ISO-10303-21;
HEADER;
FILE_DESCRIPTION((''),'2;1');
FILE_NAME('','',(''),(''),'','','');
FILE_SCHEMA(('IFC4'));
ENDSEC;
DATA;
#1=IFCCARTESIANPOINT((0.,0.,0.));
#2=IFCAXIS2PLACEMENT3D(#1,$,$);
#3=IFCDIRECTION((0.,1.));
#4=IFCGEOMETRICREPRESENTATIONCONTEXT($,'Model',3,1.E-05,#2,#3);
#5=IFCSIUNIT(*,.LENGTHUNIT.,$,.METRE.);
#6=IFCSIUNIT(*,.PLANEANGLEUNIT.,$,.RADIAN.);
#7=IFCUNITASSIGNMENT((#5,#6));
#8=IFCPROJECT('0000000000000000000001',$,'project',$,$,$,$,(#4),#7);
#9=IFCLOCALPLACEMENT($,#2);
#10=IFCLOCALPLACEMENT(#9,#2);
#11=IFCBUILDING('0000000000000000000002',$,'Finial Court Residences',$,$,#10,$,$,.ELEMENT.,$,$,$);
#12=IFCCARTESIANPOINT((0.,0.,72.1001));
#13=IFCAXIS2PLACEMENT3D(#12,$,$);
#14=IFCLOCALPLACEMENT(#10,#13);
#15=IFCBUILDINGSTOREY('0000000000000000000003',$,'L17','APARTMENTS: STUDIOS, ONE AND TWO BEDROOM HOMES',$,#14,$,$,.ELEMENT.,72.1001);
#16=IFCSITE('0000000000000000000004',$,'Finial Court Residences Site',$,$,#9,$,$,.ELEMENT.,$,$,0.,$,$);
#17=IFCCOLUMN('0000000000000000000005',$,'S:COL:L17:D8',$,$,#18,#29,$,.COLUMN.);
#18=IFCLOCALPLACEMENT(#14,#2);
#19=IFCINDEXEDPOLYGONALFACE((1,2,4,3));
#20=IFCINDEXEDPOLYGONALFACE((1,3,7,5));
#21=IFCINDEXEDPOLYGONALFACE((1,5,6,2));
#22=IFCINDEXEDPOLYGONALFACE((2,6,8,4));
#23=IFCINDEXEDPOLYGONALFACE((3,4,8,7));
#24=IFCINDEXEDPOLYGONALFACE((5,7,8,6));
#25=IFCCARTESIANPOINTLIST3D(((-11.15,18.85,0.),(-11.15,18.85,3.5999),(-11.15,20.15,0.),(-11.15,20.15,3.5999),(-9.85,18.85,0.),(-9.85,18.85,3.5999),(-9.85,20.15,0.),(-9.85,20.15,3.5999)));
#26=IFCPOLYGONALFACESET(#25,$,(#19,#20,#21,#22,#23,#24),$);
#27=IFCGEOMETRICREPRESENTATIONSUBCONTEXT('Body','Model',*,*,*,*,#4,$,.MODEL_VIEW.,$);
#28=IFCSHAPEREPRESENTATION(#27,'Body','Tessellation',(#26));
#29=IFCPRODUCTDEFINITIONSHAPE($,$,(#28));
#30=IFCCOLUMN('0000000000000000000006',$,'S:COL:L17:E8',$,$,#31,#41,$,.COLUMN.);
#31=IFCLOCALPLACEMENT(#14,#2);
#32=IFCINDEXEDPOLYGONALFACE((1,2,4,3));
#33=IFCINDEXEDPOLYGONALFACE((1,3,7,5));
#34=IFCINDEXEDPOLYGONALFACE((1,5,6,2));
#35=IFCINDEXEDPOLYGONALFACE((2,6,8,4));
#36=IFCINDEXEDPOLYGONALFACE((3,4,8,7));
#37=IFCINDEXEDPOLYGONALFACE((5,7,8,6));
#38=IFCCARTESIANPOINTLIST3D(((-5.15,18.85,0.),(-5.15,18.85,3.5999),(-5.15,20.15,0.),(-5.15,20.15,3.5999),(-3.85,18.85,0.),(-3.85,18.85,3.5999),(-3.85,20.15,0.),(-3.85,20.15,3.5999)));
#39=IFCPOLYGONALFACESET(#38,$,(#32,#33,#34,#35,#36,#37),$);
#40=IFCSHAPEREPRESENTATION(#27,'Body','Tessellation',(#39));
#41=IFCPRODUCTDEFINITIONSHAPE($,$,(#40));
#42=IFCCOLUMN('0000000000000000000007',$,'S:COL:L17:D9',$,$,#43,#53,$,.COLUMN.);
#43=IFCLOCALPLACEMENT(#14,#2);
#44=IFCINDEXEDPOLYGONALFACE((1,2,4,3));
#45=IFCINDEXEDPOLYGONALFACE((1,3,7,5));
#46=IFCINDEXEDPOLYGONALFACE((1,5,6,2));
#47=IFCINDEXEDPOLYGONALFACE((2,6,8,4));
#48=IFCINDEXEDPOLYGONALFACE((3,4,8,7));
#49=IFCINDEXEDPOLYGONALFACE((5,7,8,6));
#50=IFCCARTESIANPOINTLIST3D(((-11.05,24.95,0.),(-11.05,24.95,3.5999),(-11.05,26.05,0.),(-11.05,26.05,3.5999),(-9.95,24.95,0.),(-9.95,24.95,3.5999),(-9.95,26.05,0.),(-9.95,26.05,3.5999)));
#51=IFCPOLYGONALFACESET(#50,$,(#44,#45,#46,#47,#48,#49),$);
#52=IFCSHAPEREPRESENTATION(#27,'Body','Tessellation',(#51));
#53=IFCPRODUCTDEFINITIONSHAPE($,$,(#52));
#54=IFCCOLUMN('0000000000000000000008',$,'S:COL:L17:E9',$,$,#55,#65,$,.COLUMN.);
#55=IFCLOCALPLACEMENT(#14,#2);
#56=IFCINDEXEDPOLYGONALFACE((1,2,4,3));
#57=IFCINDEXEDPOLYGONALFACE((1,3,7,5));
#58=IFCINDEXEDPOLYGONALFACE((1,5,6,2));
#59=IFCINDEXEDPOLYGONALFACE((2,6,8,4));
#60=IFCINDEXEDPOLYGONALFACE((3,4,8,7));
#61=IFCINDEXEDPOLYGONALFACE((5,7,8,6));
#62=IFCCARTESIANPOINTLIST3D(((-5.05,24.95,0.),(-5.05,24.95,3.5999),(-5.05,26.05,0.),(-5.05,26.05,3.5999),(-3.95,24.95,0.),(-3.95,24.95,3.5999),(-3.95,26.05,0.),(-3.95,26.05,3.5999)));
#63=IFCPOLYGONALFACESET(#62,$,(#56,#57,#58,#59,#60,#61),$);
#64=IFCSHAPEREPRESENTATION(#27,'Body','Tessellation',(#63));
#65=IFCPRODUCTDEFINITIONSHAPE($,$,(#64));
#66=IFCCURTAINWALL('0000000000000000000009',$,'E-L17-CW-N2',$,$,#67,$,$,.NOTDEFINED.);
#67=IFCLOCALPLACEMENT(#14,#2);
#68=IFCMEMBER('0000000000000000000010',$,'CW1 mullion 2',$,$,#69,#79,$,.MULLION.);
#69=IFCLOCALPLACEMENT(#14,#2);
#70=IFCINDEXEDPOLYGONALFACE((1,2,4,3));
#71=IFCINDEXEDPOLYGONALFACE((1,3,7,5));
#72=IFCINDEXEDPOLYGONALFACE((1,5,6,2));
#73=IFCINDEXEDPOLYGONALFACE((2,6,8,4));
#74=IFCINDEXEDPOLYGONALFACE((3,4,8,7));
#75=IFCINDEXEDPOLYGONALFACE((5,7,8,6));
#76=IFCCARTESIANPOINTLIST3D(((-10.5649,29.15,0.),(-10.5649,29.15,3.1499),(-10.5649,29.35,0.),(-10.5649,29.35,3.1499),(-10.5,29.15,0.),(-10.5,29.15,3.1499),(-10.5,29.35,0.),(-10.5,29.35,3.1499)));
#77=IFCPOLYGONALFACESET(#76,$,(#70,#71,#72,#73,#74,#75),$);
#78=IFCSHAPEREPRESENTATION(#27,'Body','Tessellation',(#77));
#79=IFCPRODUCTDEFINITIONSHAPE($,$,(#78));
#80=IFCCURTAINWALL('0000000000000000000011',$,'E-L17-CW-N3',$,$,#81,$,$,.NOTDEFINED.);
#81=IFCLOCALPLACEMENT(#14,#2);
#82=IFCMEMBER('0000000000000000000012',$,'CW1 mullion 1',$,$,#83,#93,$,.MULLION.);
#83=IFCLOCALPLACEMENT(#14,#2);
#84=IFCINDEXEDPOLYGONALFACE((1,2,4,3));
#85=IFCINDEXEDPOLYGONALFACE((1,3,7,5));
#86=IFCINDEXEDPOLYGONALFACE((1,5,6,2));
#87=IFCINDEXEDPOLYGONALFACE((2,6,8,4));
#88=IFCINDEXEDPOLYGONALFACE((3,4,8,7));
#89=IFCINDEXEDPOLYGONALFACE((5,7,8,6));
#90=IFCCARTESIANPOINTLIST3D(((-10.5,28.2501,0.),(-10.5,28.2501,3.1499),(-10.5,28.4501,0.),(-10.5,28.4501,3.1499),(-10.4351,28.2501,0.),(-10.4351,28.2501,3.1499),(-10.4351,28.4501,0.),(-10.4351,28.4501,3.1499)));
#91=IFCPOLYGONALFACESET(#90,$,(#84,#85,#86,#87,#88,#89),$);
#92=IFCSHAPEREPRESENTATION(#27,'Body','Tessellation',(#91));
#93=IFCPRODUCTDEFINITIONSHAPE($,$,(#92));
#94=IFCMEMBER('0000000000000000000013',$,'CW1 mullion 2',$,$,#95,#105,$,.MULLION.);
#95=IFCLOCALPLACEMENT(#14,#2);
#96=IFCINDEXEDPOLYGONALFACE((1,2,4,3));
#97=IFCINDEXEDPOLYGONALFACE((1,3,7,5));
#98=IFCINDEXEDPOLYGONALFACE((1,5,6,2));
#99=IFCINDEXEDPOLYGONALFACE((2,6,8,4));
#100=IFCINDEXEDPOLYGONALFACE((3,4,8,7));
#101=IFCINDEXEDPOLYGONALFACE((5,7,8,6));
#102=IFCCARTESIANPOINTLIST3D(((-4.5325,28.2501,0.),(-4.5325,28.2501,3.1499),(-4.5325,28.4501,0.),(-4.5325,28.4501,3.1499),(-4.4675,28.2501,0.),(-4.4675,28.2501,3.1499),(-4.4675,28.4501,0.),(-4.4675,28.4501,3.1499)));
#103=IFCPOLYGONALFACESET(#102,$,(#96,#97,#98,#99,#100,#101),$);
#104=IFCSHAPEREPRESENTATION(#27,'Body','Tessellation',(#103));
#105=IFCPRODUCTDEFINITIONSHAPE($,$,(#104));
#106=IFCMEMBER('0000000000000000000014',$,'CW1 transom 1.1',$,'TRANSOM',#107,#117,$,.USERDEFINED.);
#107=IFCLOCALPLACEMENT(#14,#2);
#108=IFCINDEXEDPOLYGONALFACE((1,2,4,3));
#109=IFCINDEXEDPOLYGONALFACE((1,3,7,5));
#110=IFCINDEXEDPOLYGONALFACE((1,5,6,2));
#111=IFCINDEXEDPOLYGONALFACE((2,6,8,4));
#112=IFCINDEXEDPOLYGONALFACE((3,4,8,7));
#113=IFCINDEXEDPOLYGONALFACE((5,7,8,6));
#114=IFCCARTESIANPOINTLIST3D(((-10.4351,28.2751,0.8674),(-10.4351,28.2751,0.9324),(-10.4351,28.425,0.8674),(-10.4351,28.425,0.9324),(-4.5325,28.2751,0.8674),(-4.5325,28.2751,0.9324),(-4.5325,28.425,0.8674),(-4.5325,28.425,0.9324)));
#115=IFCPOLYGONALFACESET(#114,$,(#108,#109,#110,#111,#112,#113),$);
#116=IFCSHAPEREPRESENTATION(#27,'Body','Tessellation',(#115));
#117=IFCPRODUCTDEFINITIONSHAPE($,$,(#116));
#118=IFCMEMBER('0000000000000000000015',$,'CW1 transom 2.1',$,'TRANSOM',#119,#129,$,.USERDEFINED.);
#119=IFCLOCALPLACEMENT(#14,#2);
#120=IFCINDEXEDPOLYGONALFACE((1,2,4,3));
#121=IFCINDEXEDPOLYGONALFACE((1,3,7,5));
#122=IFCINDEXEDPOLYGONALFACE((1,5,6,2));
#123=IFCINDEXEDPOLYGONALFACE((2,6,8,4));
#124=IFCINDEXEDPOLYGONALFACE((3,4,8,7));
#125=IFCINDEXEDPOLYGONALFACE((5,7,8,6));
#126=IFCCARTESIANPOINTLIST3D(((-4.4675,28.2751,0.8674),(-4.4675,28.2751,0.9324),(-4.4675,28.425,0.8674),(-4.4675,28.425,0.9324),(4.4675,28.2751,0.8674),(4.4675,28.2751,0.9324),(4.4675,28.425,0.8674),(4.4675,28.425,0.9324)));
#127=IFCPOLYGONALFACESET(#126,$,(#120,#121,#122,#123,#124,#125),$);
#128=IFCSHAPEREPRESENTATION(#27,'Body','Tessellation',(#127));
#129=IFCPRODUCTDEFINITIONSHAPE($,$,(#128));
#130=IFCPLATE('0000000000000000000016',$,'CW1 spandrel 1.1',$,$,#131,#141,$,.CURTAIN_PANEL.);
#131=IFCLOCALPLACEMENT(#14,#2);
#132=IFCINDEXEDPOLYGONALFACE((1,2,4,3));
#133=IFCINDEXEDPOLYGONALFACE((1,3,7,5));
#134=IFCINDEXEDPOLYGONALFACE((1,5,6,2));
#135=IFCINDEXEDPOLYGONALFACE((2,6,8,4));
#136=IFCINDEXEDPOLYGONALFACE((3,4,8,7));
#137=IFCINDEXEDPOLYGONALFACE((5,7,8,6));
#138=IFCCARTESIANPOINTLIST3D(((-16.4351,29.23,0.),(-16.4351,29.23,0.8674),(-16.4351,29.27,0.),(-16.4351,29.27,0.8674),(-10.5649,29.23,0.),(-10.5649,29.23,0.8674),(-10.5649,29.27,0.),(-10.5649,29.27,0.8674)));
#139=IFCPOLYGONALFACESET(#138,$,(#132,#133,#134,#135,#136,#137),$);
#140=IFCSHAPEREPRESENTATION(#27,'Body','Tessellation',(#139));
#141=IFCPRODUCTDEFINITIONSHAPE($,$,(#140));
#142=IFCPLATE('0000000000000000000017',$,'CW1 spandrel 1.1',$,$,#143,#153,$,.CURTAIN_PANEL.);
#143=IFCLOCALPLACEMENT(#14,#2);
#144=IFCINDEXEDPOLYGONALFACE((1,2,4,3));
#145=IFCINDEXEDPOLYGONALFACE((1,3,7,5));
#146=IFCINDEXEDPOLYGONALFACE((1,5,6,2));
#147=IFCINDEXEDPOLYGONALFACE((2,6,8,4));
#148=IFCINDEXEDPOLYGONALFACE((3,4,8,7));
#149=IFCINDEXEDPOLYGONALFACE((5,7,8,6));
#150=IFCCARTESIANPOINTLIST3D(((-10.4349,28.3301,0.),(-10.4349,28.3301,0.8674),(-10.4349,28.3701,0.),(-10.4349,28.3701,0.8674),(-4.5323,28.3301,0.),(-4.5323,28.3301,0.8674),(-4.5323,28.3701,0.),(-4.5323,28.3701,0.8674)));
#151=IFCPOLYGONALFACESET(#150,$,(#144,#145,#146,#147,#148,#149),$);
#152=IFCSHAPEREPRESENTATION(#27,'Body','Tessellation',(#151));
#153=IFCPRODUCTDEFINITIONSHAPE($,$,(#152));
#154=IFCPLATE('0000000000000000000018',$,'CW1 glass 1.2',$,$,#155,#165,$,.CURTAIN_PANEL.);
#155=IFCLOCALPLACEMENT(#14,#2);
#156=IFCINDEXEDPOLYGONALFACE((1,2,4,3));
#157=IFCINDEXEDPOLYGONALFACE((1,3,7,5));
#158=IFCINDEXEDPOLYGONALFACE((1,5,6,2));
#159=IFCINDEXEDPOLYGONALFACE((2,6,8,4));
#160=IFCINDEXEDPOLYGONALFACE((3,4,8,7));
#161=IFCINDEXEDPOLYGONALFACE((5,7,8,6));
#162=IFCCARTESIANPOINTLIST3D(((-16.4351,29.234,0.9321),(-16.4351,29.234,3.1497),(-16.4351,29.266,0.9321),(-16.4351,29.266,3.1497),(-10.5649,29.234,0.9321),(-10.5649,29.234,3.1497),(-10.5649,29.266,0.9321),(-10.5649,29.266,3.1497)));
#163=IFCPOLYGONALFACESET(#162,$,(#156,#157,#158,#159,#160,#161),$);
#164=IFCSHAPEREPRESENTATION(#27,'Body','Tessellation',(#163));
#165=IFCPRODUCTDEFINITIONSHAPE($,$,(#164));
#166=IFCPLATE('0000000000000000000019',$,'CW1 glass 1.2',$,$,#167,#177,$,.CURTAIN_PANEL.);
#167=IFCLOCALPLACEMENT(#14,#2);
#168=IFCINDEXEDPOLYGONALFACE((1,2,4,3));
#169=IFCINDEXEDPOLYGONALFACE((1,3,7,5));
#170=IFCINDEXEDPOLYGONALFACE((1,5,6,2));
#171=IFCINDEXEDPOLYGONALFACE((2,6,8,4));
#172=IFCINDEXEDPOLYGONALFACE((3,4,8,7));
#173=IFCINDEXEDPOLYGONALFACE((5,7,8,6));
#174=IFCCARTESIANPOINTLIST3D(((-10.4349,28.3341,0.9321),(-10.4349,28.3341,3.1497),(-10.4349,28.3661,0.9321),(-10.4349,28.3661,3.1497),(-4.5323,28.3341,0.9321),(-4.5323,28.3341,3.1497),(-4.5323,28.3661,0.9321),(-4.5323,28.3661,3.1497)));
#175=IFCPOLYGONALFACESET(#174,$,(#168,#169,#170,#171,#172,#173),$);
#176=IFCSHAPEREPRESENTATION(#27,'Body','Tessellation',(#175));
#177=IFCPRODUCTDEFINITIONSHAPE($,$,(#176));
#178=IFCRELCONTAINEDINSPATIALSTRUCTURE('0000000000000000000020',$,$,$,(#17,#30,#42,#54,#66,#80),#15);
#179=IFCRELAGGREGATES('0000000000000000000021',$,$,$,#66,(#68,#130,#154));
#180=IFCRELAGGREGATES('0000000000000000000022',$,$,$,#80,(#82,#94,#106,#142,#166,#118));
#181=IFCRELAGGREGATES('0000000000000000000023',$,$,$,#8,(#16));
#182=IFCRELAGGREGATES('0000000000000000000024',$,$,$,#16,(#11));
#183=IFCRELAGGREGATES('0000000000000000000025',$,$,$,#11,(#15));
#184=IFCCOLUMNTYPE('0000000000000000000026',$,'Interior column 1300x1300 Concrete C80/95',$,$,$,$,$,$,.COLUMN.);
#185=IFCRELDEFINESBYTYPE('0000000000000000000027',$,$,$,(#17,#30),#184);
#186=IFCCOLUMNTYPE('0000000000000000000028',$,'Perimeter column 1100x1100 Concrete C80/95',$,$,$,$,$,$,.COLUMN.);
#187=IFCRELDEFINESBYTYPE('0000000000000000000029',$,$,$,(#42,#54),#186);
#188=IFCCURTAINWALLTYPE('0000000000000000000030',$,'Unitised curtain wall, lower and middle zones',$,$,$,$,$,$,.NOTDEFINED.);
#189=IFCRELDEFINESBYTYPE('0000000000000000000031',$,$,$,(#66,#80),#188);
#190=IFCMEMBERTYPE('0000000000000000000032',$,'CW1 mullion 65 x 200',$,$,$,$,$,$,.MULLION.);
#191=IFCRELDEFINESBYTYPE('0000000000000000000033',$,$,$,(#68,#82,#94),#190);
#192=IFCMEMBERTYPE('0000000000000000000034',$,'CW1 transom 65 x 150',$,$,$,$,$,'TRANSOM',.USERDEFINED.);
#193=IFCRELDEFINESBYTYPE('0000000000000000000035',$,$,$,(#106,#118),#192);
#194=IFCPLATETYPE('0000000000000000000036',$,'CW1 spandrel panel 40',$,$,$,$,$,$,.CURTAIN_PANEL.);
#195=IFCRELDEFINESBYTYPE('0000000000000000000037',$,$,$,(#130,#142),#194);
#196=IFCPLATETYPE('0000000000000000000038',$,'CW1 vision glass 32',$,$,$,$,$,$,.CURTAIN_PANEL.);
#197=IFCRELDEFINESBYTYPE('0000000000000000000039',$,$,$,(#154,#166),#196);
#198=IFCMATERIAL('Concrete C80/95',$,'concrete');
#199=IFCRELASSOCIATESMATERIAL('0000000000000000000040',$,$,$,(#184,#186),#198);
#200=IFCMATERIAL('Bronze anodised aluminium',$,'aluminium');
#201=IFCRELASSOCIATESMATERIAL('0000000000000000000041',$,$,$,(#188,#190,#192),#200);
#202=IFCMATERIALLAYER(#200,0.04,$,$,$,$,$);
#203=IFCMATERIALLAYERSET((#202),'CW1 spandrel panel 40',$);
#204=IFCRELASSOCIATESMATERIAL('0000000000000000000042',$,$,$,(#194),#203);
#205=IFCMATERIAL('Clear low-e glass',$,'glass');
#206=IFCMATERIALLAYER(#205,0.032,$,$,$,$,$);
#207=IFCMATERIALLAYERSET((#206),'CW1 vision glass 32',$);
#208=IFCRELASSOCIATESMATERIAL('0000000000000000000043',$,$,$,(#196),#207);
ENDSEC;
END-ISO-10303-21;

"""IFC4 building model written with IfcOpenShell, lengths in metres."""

from ifc_helpers import new_model, si_unit, direction, frame, origin, origin_2d, place, context, subcontext, project, spatial, rectangle, extrude, material, layer, layer_set, material_profile, profile_set, type_object, element, aggregate, save


model = new_model("IFC4")

# Units and contexts
model_context = context("Model", 3, precision=1e-05, world=origin(), true_north=direction((0.0, 1.0)))
body_context = subcontext(model_context, "Body", "Model", "MODEL_VIEW")
ifc_project = project(units=[si_unit("LENGTHUNIT", "METRE"), si_unit("PLANEANGLEUNIT", "RADIAN")], contexts=[model_context])

# Site, building, storey
site_placement = place(None, origin())
site = spatial("IfcSite", under=ifc_project, at=site_placement, Name="Finial Court Residences Site", CompositionType="ELEMENT", RefElevation=0.0)
building_placement = place(site_placement, origin())
building = spatial("IfcBuilding", under=site, at=building_placement, Name="Finial Court Residences", CompositionType="ELEMENT")
storey_placement = place(building_placement, frame((0.0, 0.0, 72.1001)))
storey = spatial("IfcBuildingStorey", under=building, at=storey_placement, Name="L17", Description="APARTMENTS: STUDIOS, ONE AND TWO BEDROOM HOMES", CompositionType="ELEMENT", Elevation=72.1001)

# Columns
ifc_material_1 = material(Name="Concrete C80/95", Category="concrete")
ifc_material_profile_1 = material_profile(ifc_material_1, rectangle(XDim=1.3, YDim=1.3, at=origin_2d()), Name="1300x1300")
ifc_profile_set_1 = profile_set([ifc_material_profile_1], Name="Concrete C80/95")
column_type_1 = type_object("IfcColumnType", Name="Interior column 1300x1300 Concrete C80/95", PredefinedType="COLUMN", material=ifc_profile_set_1)
for number, where, z_axis, x_axis, name in (
    (1, (-10.5, 19.5, 0.0), (0.0, 0.0, 1.0), (1.0, 0.0, 0.0), "S:COL:L17:D8"),
    (2, (-4.5, 19.5, 0.0), (0.0, 0.0, 1.0), (1.0, 0.0, 0.0), "S:COL:L17:E8"),
):
    element("IfcColumn", number, at=place(storey_placement, frame(where, z_axis=z_axis, x_axis=x_axis)), inside=storey, type_object=column_type_1, Name=name, PredefinedType="COLUMN", context=body_context, shape_type="SweptSolid", body=[
        extrude(rectangle(XDim=1.3, YDim=1.3, at=origin_2d()), origin(), (0.0, 0.0, 1.0), 3.5999),
    ])
ifc_material_profile_2 = material_profile(ifc_material_1, rectangle(XDim=1.1001, YDim=1.1001, at=origin_2d()), Name="1100x1100")
ifc_profile_set_2 = profile_set([ifc_material_profile_2], Name="Concrete C80/95")
column_type_2 = type_object("IfcColumnType", Name="Perimeter column 1100x1100 Concrete C80/95", PredefinedType="COLUMN", material=ifc_profile_set_2)
for number, where, z_axis, x_axis, name in (
    (3, (-10.5, 25.5, 0.0), (0.0, 0.0, 1.0), (1.0, 0.0, 0.0), "S:COL:L17:D9"),
    (4, (-4.5, 25.5, 0.0), (0.0, 0.0, 1.0), (1.0, 0.0, 0.0), "S:COL:L17:E9"),
):
    element("IfcColumn", number, at=place(storey_placement, frame(where, z_axis=z_axis, x_axis=x_axis)), inside=storey, type_object=column_type_2, Name=name, PredefinedType="COLUMN", context=body_context, shape_type="SweptSolid", body=[
        extrude(rectangle(XDim=1.1001, YDim=1.1001, at=origin_2d()), origin(), (0.0, 0.0, 1.0), 3.5999),
    ])

# Curtain wall, member
ifc_material_2 = material(Name="Bronze anodised aluminium", Category="aluminium")
curtain_wall_type = type_object("IfcCurtainWallType", Name="Unitised curtain wall, lower and middle zones", PredefinedType="NOTDEFINED", material=ifc_material_2)
curtain_wall_1_placement = place(storey_placement, origin())
curtain_wall_1 = element("IfcCurtainWall", 5, at=curtain_wall_1_placement, inside=storey, type_object=curtain_wall_type, Name="E-L17-CW-N2", PredefinedType="NOTDEFINED")
ifc_material_profile_3 = material_profile(ifc_material_2, rectangle(XDim=0.2, YDim=0.0649, at=origin_2d()), Name="CW1 mullion 65 x 200")
ifc_profile_set_3 = profile_set([ifc_material_profile_3], Name="Bronze anodised aluminium")
member_type_1 = type_object("IfcMemberType", Name="CW1 mullion 65 x 200", PredefinedType="MULLION", material=ifc_profile_set_3)
member_1_placement = place(storey_placement, frame((-10.5325, 29.25, 0.0), z_axis=(0.0, 0.0, 1.0), x_axis=(0.0, 1.0, 0.0)))
member_1 = element("IfcMember", 6, at=member_1_placement, type_object=member_type_1, Name="CW1 mullion 2", PredefinedType="MULLION", context=body_context, shape_type="SweptSolid", body=[
    extrude(rectangle(XDim=0.2, YDim=0.0649, at=origin_2d()), origin(), (0.0, 0.0, 1.0), 3.1499),
])

# Curtain wall, members
curtain_wall_2_placement = place(storey_placement, origin())
curtain_wall_2 = element("IfcCurtainWall", 7, at=curtain_wall_2_placement, inside=storey, type_object=curtain_wall_type, Name="E-L17-CW-N3", PredefinedType="NOTDEFINED")
member_2_placement = place(storey_placement, frame((-10.4675, 28.3501, 0.0), z_axis=(0.0, 0.0, 1.0), x_axis=(0.0, 1.0, 0.0)))
member_2 = element("IfcMember", 8, at=member_2_placement, type_object=member_type_1, Name="CW1 mullion 1", PredefinedType="MULLION", context=body_context, shape_type="SweptSolid", body=[
    extrude(rectangle(XDim=0.2, YDim=0.0649, at=origin_2d()), origin(), (0.0, 0.0, 1.0), 3.1499),
])
member_3_placement = place(storey_placement, frame((-4.5, 28.3501, 0.0), z_axis=(0.0, 0.0, 1.0), x_axis=(0.0, 1.0, 0.0)))
member_3 = element("IfcMember", 9, at=member_3_placement, type_object=member_type_1, Name="CW1 mullion 2", PredefinedType="MULLION", context=body_context, shape_type="SweptSolid", body=[
    extrude(rectangle(XDim=0.2, YDim=0.0649, at=origin_2d()), origin(), (0.0, 0.0, 1.0), 3.1499),
])
ifc_material_profile_4 = material_profile(ifc_material_2, rectangle(XDim=0.1499, YDim=0.0649, at=origin_2d()), Name="CW1 transom 65 x 150")
ifc_profile_set_4 = profile_set([ifc_material_profile_4], Name="Bronze anodised aluminium")
member_type_2 = type_object("IfcMemberType", Name="CW1 transom 65 x 150", ElementType="TRANSOM", PredefinedType="USERDEFINED", material=ifc_profile_set_4)
member_4_placement = place(storey_placement, frame((-10.4351, 28.3501, 0.8999), z_axis=(1.0, 0.0, 0.0), x_axis=(0.0, 1.0, 0.0)))
member_4 = element("IfcMember", 10, at=member_4_placement, type_object=member_type_2, Name="CW1 transom 1.1", ObjectType="TRANSOM", PredefinedType="USERDEFINED", context=body_context, shape_type="SweptSolid", body=[
    extrude(rectangle(XDim=0.1499, YDim=0.0649, at=origin_2d()), origin(), (0.0, 0.0, 1.0), 5.9026),
])
member_5_placement = place(storey_placement, frame((-4.4675, 28.3501, 0.8999), z_axis=(1.0, 0.0, 0.0), x_axis=(0.0, 1.0, 0.0)))
member_5 = element("IfcMember", 11, at=member_5_placement, type_object=member_type_2, Name="CW1 transom 2.1", ObjectType="TRANSOM", PredefinedType="USERDEFINED", context=body_context, shape_type="SweptSolid", body=[
    extrude(rectangle(XDim=0.1499, YDim=0.0649, at=origin_2d()), origin(), (0.0, 0.0, 1.0), 8.9351),
])

# Plates
ifc_layer_1 = layer(ifc_material_2, 0.04)
ifc_layer_set_1 = layer_set([ifc_layer_1], Name="CW1 spandrel panel 40")
plate_type_1 = type_object("IfcPlateType", Name="CW1 spandrel panel 40", PredefinedType="CURTAIN_PANEL", material=ifc_layer_set_1)
plate_1_placement = place(storey_placement, frame((-13.5, 29.25, 0.0), z_axis=(0.0, 0.0, 1.0), x_axis=(1.0, 0.0, 0.0)))
plate_1 = element("IfcPlate", 12, at=plate_1_placement, type_object=plate_type_1, Name="CW1 spandrel 1.1", PredefinedType="CURTAIN_PANEL", context=body_context, shape_type="SweptSolid", body=[
    extrude(rectangle(XDim=5.8701, YDim=0.04, at=origin_2d()), origin(), (0.0, 0.0, 1.0), 0.8674),
])
plate_2_placement = place(storey_placement, frame((-7.4836, 28.3501, 0.0), z_axis=(0.0, 0.0, 1.0), x_axis=(1.0, 0.0, 0.0)))
plate_2 = element("IfcPlate", 13, at=plate_2_placement, type_object=plate_type_1, Name="CW1 spandrel 1.1", PredefinedType="CURTAIN_PANEL", context=body_context, shape_type="SweptSolid", body=[
    extrude(rectangle(XDim=5.9026, YDim=0.04, at=origin_2d()), origin(), (0.0, 0.0, 1.0), 0.8674),
])
ifc_material_3 = material(Name="Clear low-e glass", Category="glass")
ifc_layer_2 = layer(ifc_material_3, 0.032)
ifc_layer_set_2 = layer_set([ifc_layer_2], Name="CW1 vision glass 32")
plate_type_2 = type_object("IfcPlateType", Name="CW1 vision glass 32", PredefinedType="CURTAIN_PANEL", material=ifc_layer_set_2)
plate_3_placement = place(storey_placement, frame((-13.5, 29.25, 0.9321), z_axis=(0.0, 0.0, 1.0), x_axis=(1.0, 0.0, 0.0)))
plate_3 = element("IfcPlate", 14, at=plate_3_placement, type_object=plate_type_2, Name="CW1 glass 1.2", PredefinedType="CURTAIN_PANEL", context=body_context, shape_type="SweptSolid", body=[
    extrude(rectangle(XDim=5.8701, YDim=0.032, at=origin_2d()), origin(), (0.0, 0.0, 1.0), 2.2175),
])
aggregate(curtain_wall_1, [member_1, plate_1, plate_3])
plate_4_placement = place(storey_placement, frame((-7.4836, 28.3501, 0.9321), z_axis=(0.0, 0.0, 1.0), x_axis=(1.0, 0.0, 0.0)))
plate_4 = element("IfcPlate", 15, at=plate_4_placement, type_object=plate_type_2, Name="CW1 glass 1.2", PredefinedType="CURTAIN_PANEL", context=body_context, shape_type="SweptSolid", body=[
    extrude(rectangle(XDim=5.9026, YDim=0.032, at=origin_2d()), origin(), (0.0, 0.0, 1.0), 2.2175),
])
aggregate(curtain_wall_2, [member_2, member_3, member_4, plate_2, plate_4, member_5])

save(model, "model.ifc")
